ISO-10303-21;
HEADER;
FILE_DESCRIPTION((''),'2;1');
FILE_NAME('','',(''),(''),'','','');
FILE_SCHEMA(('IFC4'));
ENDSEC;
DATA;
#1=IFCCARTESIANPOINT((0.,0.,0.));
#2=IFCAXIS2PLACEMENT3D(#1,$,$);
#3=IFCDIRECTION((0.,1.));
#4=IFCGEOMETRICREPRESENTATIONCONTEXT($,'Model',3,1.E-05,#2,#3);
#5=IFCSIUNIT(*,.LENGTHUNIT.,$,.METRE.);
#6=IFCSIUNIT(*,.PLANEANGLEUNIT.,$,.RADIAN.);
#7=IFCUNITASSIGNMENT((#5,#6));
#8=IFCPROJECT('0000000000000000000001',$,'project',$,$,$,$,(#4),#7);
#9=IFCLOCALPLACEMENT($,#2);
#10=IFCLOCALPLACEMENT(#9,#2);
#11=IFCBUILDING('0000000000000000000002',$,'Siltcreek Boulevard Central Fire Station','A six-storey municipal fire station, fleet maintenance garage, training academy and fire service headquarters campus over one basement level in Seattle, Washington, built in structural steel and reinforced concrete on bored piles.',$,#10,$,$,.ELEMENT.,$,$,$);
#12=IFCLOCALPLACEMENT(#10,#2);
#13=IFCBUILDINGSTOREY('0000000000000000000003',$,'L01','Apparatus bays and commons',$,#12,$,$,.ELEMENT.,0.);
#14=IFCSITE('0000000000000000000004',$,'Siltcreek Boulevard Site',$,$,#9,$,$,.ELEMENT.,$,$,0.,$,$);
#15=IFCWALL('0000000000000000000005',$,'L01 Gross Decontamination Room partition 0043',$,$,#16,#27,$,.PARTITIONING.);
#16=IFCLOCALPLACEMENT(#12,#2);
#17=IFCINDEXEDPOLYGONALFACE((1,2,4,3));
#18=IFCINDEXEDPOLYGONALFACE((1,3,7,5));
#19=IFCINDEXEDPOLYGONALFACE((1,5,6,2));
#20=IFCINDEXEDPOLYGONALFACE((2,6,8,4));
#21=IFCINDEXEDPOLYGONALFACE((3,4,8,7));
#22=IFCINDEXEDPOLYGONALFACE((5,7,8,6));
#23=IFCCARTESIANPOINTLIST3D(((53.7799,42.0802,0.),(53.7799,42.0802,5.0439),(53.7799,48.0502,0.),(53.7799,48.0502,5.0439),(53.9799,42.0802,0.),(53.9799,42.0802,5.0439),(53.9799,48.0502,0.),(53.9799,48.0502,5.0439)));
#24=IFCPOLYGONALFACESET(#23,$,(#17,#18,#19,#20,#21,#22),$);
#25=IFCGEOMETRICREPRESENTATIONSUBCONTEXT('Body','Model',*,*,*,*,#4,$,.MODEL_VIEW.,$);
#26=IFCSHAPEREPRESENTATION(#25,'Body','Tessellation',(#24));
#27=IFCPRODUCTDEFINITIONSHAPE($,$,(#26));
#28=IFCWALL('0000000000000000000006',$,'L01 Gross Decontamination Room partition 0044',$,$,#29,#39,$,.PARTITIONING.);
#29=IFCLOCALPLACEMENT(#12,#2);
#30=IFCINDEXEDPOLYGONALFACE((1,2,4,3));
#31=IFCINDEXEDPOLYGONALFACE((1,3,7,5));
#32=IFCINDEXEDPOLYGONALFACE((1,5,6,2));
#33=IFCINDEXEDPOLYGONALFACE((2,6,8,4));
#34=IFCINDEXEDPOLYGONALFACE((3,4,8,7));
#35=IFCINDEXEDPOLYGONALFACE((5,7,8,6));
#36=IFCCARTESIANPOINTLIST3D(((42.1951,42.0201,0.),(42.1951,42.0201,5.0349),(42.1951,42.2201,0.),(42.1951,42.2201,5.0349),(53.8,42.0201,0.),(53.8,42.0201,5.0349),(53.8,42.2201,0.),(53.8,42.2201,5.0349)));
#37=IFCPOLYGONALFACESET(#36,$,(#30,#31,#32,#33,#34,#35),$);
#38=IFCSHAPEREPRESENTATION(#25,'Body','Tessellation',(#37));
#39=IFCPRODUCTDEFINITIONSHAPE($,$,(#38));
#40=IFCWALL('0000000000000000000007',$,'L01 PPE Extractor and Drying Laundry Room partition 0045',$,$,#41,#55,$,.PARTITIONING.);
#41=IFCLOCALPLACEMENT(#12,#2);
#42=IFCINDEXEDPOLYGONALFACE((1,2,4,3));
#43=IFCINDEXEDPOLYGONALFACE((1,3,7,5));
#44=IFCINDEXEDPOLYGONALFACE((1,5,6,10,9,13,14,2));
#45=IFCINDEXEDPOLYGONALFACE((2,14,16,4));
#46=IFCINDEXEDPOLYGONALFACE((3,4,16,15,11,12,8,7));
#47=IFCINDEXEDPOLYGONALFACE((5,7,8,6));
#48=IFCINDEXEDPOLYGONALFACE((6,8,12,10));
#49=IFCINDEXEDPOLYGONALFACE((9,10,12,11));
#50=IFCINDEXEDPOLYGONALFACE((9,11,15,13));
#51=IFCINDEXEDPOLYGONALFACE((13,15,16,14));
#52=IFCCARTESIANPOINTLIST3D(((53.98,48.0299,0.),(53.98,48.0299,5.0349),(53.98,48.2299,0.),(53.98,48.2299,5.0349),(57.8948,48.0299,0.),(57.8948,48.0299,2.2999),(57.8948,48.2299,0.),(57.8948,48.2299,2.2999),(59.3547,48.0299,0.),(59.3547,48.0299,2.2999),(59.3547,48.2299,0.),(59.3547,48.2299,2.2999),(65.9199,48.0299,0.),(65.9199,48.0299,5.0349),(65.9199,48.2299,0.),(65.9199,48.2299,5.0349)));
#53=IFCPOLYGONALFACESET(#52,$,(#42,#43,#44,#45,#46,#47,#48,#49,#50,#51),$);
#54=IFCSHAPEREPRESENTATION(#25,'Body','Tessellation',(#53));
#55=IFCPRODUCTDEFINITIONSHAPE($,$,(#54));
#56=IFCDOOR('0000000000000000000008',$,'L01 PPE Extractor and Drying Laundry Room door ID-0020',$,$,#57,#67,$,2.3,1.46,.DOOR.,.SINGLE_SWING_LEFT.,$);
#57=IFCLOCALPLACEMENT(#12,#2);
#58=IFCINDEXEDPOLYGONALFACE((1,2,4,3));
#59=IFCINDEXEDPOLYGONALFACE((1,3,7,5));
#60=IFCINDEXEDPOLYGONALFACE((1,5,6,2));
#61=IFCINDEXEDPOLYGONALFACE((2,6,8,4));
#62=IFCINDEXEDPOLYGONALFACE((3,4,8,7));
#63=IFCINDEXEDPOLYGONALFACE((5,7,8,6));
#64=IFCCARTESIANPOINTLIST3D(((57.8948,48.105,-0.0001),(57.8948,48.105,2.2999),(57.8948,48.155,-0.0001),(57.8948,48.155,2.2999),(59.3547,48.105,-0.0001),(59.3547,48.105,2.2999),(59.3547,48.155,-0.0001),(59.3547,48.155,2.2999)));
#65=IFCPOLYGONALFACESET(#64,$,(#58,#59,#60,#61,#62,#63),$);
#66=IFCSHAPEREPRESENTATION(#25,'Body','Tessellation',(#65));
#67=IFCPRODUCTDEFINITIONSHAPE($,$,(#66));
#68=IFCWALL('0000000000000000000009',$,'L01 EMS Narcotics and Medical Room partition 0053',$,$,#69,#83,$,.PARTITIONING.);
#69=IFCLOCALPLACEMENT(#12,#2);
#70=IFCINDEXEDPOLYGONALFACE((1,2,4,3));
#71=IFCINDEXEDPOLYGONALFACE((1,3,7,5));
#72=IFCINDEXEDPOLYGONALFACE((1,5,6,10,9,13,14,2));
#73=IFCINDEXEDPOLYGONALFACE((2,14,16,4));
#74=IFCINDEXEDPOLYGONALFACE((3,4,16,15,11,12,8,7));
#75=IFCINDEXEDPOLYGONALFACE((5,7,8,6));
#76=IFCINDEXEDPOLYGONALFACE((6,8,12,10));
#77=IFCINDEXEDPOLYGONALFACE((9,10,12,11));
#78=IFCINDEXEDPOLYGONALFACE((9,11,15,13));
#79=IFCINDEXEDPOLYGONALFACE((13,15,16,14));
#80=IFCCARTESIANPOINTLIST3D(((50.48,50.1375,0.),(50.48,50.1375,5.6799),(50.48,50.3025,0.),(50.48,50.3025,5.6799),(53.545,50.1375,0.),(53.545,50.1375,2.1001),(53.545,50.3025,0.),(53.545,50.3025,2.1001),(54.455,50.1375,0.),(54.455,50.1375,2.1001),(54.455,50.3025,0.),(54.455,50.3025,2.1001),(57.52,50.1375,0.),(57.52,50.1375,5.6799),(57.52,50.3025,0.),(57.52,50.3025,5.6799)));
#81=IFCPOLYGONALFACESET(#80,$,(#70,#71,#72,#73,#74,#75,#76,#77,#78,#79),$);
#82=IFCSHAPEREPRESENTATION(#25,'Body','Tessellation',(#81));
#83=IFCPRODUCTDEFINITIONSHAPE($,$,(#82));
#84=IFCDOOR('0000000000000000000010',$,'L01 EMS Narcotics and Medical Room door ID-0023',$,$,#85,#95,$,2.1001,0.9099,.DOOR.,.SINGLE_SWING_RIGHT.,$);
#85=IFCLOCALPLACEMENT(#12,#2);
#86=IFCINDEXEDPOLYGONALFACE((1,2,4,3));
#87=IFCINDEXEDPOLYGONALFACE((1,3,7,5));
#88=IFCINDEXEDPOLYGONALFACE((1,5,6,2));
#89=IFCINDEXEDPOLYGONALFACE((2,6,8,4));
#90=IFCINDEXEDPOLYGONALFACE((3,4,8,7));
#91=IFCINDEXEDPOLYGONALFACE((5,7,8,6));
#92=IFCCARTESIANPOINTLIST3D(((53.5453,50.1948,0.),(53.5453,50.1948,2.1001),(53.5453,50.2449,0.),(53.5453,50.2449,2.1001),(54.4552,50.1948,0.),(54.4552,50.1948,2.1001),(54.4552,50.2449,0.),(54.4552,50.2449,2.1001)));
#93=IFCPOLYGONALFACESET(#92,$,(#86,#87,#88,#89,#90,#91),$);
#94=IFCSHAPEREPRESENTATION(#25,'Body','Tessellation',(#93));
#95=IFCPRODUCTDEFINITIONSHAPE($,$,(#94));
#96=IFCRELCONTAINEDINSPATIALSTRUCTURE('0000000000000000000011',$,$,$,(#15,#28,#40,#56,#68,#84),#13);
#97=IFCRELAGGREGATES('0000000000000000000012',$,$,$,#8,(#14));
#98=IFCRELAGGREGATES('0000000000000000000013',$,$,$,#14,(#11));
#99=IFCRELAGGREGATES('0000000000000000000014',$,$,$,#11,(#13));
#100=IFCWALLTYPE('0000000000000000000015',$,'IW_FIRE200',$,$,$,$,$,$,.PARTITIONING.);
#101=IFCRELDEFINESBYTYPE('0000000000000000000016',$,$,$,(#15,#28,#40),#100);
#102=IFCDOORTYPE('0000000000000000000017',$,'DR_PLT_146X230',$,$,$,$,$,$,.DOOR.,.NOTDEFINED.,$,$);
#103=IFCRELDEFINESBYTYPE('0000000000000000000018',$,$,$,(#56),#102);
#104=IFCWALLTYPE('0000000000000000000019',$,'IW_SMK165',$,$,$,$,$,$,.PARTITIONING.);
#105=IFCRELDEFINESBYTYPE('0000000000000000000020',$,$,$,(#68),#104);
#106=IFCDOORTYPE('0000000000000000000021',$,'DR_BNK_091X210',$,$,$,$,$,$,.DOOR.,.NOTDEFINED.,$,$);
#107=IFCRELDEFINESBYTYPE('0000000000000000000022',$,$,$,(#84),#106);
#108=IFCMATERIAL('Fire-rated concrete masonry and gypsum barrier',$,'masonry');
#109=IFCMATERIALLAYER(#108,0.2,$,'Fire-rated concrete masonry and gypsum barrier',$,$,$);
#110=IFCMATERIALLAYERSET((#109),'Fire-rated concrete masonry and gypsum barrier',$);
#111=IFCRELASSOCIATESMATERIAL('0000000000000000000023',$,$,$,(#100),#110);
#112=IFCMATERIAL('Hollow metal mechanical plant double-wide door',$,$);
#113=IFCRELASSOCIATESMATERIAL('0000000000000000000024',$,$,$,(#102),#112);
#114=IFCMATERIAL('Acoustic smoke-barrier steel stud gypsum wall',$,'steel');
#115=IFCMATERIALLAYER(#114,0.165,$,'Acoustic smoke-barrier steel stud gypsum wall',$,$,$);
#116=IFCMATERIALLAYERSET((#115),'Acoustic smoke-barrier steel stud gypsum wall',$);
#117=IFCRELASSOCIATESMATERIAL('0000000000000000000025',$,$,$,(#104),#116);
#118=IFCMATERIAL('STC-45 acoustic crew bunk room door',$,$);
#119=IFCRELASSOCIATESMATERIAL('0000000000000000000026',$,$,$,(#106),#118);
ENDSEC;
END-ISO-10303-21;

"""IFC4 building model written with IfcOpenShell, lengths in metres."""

from ifc_helpers import new_model, si_unit, direction, frame, frame_2d, origin, place, context, subcontext, project, spatial, rectangle, extrude, material, layer, layer_set, type_object, element, fill, save


model = new_model("IFC4")

# Units and contexts
model_context = context("Model", 3, precision=1e-05, world=origin(), true_north=direction((0.0, 1.0)))
body_context = subcontext(model_context, "Body", "Model", "MODEL_VIEW")
ifc_project = project(units=[si_unit("LENGTHUNIT", "METRE"), si_unit("PLANEANGLEUNIT", "RADIAN")], contexts=[model_context])

# Site, building, storey
site_placement = place(None, origin())
site = spatial("IfcSite", under=ifc_project, at=site_placement, Name="Siltcreek Boulevard Site", CompositionType="ELEMENT", RefElevation=0.0)
building_placement = place(site_placement, origin())
building = spatial("IfcBuilding", under=site, at=building_placement, Name="Siltcreek Boulevard Central Fire Station", Description="A six-storey municipal fire station, fleet maintenance garage, training academy and fire service headquarters campus over one basement level in Seattle, Washington, built in structural steel and reinforced concrete on bored piles.", CompositionType="ELEMENT")
storey_placement = place(building_placement, origin())
storey = spatial("IfcBuildingStorey", under=building, at=storey_placement, Name="L01", Description="Apparatus bays and commons", CompositionType="ELEMENT", Elevation=0.0)

# Walls
ifc_material_1 = material(Name="Fire-rated concrete masonry and gypsum barrier", Category="masonry")
ifc_layer_1 = layer(ifc_material_1, 0.2, Name="Fire-rated concrete masonry and gypsum barrier")
ifc_layer_set_1 = layer_set([ifc_layer_1], Name="Fire-rated concrete masonry and gypsum barrier")
wall_type_1 = type_object("IfcWallType", Name="IW_FIRE200", PredefinedType="PARTITIONING", material=ifc_layer_set_1)
wall_1_placement = place(storey_placement, frame((53.8799, 48.05, 0.0), z_axis=(0.0, 0.0, 1.0), x_axis=(0.0, -1.0, 0.0)))
element("IfcWall", 1, at=wall_1_placement, inside=storey, type_object=wall_type_1, Name="L01 Gross Decontamination Room partition 0043", PredefinedType="PARTITIONING", context=body_context, shape_type="SweptSolid", body=[
    extrude(rectangle(XDim=5.97, YDim=0.2, at=frame_2d((2.9849, 0.0))), origin(), (0.0, 0.0, 1.0), 5.0439),
])
wall_2_placement = place(storey_placement, frame((53.8, 42.1201, 0.0), z_axis=(0.0, 0.0, 1.0), x_axis=(-1.0, 0.0, 0.0)))
element("IfcWall", 2, at=wall_2_placement, inside=storey, type_object=wall_type_1, Name="L01 Gross Decontamination Room partition 0044", PredefinedType="PARTITIONING", context=body_context, shape_type="SweptSolid", body=[
    extrude(rectangle(XDim=11.605, YDim=0.2, at=frame_2d((5.8025, 0.0))), origin(), (0.0, 0.0, 1.0), 5.0349),
])

# Walls, openings, doors
wall_3_placement = place(storey_placement, frame((53.98, 48.1299, 0.0), z_axis=(0.0, 0.0, 1.0), x_axis=(1.0, 0.0, 0.0)))
wall_3 = element("IfcWall", 3, at=wall_3_placement, inside=storey, type_object=wall_type_1, Name="L01 PPE Extractor and Drying Laundry Room partition 0045", PredefinedType="PARTITIONING", context=body_context, shape_type="SweptSolid", body=[
    extrude(rectangle(XDim=11.9399, YDim=0.2, at=frame_2d((5.97, 0.0))), origin(), (0.0, 0.0, 1.0), 5.0349),
])
opening_1_placement = place(wall_3_placement, frame((3.9148, 0.0, 0.0)))
opening_1 = element("IfcOpeningElement", 4, at=opening_1_placement, cuts=wall_3, PredefinedType="OPENING", context=body_context, shape_type="SweptSolid", body=[
    extrude(rectangle(XDim=1.46, YDim=2.3, at=frame_2d((0.73, 1.1499))), frame((0.0, 0.1099, 0.0), z_axis=(0.0, -1.0, 0.0), x_axis=(1.0, 0.0, 0.0)), (0.0, 0.0, 1.0), 0.22),
])
ifc_material_2 = material(Name="Hollow metal mechanical plant double-wide door")
door_type_1 = type_object("IfcDoorType", Name="DR_PLT_146X230", OperationType="NOTDEFINED", PredefinedType="DOOR", material=ifc_material_2)
door_1_placement = place(opening_1_placement, frame((1.46, 0.0, 0.0), z_axis=(0.0, 0.0, 1.0), x_axis=(-1.0, 0.0, 0.0)))
door_1 = element("IfcDoor", 5, at=door_1_placement, inside=storey, type_object=door_type_1, Name="L01 PPE Extractor and Drying Laundry Room door ID-0020", OperationType="SINGLE_SWING_LEFT", OverallHeight=2.3, OverallWidth=1.46, PredefinedType="DOOR", context=body_context, shape_type="SweptSolid", body=[
    extrude(rectangle(XDim=1.46, YDim=2.3, at=frame_2d((0.73, 1.1499))), frame((0.0, 0.0249, 0.0), z_axis=(0.0, -1.0, 0.0), x_axis=(1.0, 0.0, 0.0)), (0.0, 0.0, 1.0), 0.05),
])
fill(opening_1, door_1)
ifc_material_3 = material(Name="Acoustic smoke-barrier steel stud gypsum wall", Category="steel")
ifc_layer_2 = layer(ifc_material_3, 0.165, Name="Acoustic smoke-barrier steel stud gypsum wall")
ifc_layer_set_2 = layer_set([ifc_layer_2], Name="Acoustic smoke-barrier steel stud gypsum wall")
wall_type_2 = type_object("IfcWallType", Name="IW_SMK165", PredefinedType="PARTITIONING", material=ifc_layer_set_2)
wall_4_placement = place(storey_placement, frame((57.52, 50.22, 0.0), z_axis=(0.0, 0.0, 1.0), x_axis=(-1.0, 0.0, 0.0)))
wall_4 = element("IfcWall", 6, at=wall_4_placement, inside=storey, type_object=wall_type_2, Name="L01 EMS Narcotics and Medical Room partition 0053", PredefinedType="PARTITIONING", context=body_context, shape_type="SweptSolid", body=[
    extrude(rectangle(XDim=7.04, YDim=0.165, at=frame_2d((3.52, 0.0))), origin(), (0.0, 0.0, 1.0), 5.6799),
])
opening_2_placement = place(wall_4_placement, frame((3.0649, 0.0, 0.0)))
opening_2 = element("IfcOpeningElement", 7, at=opening_2_placement, cuts=wall_4, PredefinedType="OPENING", context=body_context, shape_type="SweptSolid", body=[
    extrude(rectangle(XDim=0.9099, YDim=2.1001, at=frame_2d((0.4551, 1.05))), frame((0.0, 0.0925, 0.0), z_axis=(0.0, -1.0, 0.0), x_axis=(1.0, 0.0, 0.0)), (0.0, 0.0, 1.0), 0.1851),
])
ifc_material_4 = material(Name="STC-45 acoustic crew bunk room door")
door_type_2 = type_object("IfcDoorType", Name="DR_BNK_091X210", OperationType="NOTDEFINED", PredefinedType="DOOR", material=ifc_material_4)
door_2_placement = place(opening_2_placement, frame((0.9099, 0.0, 0.0), z_axis=(0.0, 0.0, 1.0), x_axis=(-1.0, 0.0, 0.0)))
door_2 = element("IfcDoor", 8, at=door_2_placement, inside=storey, type_object=door_type_2, Name="L01 EMS Narcotics and Medical Room door ID-0023", OperationType="SINGLE_SWING_RIGHT", OverallHeight=2.1001, OverallWidth=0.9099, PredefinedType="DOOR", context=body_context, shape_type="SweptSolid", body=[
    extrude(rectangle(XDim=0.9099, YDim=2.1001, at=frame_2d((0.4551, 1.05))), frame((0.0, 0.0249, 0.0), z_axis=(0.0, -1.0, 0.0), x_axis=(1.0, 0.0, 0.0)), (0.0, 0.0, 1.0), 0.05),
])
fill(opening_2, door_2)

save(model, "model.ifc")
